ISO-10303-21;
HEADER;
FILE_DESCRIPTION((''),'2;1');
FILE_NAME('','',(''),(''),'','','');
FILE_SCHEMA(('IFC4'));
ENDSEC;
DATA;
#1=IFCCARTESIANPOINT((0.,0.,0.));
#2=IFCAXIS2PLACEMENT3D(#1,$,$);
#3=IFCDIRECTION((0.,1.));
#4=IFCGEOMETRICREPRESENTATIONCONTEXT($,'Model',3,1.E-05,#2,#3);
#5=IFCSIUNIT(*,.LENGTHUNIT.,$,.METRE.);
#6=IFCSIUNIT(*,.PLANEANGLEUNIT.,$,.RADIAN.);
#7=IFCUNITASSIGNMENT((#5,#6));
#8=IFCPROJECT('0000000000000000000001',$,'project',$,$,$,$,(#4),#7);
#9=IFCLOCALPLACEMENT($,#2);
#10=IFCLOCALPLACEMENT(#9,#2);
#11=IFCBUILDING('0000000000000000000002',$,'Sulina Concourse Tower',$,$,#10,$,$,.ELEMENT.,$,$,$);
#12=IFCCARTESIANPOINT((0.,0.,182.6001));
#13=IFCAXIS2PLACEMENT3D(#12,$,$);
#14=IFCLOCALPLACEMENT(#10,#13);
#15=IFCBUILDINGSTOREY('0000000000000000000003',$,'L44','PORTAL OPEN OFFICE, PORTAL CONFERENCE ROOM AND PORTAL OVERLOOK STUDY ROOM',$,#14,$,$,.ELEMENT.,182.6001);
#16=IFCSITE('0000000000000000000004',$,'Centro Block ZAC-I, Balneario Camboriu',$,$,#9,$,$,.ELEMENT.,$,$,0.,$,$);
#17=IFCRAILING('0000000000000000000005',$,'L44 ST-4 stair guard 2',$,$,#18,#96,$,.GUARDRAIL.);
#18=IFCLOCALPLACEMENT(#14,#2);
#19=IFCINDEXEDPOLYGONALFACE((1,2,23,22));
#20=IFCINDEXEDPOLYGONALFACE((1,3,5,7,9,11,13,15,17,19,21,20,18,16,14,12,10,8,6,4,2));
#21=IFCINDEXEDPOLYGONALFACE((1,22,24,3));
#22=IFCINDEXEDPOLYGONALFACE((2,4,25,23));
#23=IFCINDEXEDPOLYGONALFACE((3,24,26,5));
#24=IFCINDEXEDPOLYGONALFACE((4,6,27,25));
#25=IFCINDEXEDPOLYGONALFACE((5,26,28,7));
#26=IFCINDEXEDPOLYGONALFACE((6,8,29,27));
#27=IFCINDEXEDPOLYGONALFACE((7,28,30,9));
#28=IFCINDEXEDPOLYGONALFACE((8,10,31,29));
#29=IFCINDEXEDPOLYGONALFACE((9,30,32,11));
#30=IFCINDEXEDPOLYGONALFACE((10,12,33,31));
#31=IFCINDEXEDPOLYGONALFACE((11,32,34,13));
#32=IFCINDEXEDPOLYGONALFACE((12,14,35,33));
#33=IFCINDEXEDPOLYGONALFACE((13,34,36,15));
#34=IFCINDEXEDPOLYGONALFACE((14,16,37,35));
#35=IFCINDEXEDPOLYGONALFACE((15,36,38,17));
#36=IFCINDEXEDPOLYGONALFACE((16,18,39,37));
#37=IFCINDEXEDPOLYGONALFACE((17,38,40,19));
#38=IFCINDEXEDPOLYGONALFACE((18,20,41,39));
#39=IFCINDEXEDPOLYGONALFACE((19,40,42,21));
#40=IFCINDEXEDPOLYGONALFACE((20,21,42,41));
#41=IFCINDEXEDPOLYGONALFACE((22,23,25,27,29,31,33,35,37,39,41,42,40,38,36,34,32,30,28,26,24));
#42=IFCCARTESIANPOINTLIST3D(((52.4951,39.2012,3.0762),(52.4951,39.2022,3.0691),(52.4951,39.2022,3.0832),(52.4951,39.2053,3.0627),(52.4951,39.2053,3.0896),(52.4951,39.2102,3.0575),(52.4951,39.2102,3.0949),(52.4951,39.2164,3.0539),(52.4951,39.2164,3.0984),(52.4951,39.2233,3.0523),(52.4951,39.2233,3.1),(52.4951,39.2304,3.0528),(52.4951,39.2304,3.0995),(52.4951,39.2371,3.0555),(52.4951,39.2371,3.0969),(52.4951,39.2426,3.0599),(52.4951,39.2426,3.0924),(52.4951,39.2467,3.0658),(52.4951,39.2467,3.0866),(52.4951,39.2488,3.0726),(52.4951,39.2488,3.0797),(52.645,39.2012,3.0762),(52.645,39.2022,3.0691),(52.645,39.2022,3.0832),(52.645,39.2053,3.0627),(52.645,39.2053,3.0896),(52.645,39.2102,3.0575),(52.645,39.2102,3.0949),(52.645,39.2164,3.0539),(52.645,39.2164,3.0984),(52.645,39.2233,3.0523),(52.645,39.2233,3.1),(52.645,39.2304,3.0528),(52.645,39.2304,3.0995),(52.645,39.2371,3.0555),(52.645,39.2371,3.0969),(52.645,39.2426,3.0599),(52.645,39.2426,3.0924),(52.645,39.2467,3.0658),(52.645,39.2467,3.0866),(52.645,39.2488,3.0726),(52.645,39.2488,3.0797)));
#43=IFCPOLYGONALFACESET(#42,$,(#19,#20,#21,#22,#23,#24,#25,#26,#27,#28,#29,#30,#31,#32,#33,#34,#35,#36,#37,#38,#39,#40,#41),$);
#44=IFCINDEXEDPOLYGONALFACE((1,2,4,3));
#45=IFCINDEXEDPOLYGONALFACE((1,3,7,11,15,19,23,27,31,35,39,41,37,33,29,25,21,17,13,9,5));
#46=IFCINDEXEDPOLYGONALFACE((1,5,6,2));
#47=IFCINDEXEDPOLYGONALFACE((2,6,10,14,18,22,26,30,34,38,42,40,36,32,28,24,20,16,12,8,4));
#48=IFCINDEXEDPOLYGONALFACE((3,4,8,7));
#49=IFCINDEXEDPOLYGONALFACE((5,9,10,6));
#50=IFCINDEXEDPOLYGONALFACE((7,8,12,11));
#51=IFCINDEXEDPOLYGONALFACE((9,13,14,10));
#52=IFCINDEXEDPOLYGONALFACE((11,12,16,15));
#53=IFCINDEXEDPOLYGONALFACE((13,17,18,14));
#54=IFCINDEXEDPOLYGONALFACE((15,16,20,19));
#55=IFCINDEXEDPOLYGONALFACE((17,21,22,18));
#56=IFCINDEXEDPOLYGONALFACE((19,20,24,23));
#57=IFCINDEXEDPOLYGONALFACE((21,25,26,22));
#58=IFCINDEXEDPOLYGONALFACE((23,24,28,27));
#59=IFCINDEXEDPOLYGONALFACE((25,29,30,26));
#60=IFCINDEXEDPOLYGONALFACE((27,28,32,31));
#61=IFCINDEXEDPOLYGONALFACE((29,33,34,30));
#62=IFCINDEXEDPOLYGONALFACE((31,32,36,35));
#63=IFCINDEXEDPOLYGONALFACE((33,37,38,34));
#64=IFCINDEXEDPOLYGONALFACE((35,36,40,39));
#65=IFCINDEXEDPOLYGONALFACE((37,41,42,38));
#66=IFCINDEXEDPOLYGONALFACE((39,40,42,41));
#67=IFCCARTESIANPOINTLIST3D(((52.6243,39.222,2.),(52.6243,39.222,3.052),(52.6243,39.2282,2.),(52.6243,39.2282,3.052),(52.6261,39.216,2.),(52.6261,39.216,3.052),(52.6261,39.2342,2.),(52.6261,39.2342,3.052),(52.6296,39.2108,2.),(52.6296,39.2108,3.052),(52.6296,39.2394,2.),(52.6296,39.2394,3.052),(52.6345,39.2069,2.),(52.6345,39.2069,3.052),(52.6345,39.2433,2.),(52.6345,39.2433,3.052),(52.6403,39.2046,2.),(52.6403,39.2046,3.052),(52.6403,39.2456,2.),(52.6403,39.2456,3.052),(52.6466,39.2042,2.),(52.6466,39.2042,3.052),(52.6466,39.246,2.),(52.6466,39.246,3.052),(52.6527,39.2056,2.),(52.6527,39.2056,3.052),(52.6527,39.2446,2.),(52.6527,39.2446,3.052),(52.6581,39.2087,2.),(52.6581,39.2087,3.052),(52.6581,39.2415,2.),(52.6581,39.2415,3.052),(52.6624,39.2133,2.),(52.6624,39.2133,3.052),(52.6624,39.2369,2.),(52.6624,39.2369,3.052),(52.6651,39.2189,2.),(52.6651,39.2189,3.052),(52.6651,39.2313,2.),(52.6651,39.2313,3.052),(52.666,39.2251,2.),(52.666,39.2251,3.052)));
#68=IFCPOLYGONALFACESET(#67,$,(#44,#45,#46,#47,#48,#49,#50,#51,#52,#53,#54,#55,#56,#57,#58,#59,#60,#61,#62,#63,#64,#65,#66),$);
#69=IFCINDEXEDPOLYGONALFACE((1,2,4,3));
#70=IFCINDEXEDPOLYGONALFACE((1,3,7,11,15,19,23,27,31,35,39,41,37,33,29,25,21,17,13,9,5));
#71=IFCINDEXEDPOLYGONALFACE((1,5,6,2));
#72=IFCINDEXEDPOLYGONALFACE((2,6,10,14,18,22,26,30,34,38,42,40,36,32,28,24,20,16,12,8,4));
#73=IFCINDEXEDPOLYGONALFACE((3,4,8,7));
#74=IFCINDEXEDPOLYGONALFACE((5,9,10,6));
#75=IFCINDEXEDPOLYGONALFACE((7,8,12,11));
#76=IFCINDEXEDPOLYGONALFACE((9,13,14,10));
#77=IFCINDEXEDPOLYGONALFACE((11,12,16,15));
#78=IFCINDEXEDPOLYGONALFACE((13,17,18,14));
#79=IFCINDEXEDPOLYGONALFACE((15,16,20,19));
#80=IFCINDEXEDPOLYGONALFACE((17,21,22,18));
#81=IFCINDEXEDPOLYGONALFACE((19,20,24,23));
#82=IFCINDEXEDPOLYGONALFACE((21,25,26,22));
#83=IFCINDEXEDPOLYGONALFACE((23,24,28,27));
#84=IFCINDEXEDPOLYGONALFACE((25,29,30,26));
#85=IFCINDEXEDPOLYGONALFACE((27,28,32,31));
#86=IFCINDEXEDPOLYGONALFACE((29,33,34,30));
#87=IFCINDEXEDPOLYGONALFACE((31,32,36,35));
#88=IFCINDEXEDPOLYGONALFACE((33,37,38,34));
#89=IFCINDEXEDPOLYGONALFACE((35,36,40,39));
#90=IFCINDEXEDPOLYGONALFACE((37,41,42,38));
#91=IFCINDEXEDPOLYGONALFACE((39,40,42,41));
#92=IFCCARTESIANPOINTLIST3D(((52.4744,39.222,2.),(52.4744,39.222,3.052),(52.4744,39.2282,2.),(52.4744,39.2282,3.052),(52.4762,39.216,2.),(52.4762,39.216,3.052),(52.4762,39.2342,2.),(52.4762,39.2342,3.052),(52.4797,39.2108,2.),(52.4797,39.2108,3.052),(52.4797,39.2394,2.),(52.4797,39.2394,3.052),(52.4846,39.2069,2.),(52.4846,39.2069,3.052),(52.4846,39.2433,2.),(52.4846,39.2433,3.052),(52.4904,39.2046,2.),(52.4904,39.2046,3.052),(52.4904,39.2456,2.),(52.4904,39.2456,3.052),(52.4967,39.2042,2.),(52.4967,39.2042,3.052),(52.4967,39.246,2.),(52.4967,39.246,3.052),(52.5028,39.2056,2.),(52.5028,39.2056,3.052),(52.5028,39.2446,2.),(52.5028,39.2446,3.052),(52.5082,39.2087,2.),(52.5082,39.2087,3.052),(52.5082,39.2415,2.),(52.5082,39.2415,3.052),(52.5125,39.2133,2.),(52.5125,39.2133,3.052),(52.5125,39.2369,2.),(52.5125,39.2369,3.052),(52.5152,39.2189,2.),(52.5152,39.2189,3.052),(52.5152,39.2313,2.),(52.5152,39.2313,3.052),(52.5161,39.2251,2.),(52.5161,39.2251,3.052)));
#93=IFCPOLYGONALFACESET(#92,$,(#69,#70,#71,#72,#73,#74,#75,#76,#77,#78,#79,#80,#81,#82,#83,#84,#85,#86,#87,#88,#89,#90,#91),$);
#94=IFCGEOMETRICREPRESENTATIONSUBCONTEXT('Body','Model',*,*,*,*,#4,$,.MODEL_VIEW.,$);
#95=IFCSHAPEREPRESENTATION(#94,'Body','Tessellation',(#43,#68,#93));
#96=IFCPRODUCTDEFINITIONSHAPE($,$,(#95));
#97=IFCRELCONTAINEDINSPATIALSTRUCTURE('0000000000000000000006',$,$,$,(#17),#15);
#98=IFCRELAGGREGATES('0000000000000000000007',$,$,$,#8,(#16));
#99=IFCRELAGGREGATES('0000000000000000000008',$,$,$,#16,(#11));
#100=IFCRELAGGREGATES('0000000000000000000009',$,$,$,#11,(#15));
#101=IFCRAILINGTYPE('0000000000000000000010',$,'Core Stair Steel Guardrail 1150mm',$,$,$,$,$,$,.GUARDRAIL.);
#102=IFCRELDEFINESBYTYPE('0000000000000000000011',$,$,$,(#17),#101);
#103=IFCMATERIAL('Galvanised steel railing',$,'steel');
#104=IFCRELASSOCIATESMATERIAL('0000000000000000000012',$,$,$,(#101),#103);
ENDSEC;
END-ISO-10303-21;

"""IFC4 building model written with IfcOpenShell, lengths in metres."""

from ifc_helpers import new_model, si_unit, direction, frame, origin, origin_2d, place, context, subcontext, project, spatial, circle, extrude, material, type_object, element, save


model = new_model("IFC4")

# Units and contexts
model_context = context("Model", 3, precision=1e-05, world=origin(), true_north=direction((0.0, 1.0)))
body_context = subcontext(model_context, "Body", "Model", "MODEL_VIEW")
ifc_project = project(units=[si_unit("LENGTHUNIT", "METRE"), si_unit("PLANEANGLEUNIT", "RADIAN")], contexts=[model_context])

# Site, building, storey
site_placement = place(None, origin())
site = spatial("IfcSite", under=ifc_project, at=site_placement, Name="Centro Block ZAC-I, Balneario Camboriu", CompositionType="ELEMENT", RefElevation=0.0)
building_placement = place(site_placement, origin())
building = spatial("IfcBuilding", under=site, at=building_placement, Name="Sulina Concourse Tower", CompositionType="ELEMENT")
storey_placement = place(building_placement, frame((0.0, 0.0, 182.6001)))
storey = spatial("IfcBuildingStorey", under=building, at=storey_placement, Name="L44", Description="PORTAL OPEN OFFICE, PORTAL CONFERENCE ROOM AND PORTAL OVERLOOK STUDY ROOM", CompositionType="ELEMENT", Elevation=182.6001)

# Railing
ifc_material_1 = material(Name="Galvanised steel railing", Category="steel")
railing_type_1 = type_object("IfcRailingType", Name="Core Stair Steel Guardrail 1150mm", PredefinedType="GUARDRAIL", material=ifc_material_1)
railing_1_placement = place(storey_placement, frame((52.645, 39.2251, 2.0)))
element("IfcRailing", 1, at=railing_1_placement, inside=storey, type_object=railing_type_1, Name="L44 ST-4 stair guard 2", PredefinedType="GUARDRAIL", context=body_context, shape_type="SweptSolid", body=[
    extrude(circle(Radius=0.0239, at=origin_2d()), frame((0.0, 0.0, 1.0762), z_axis=(-1.0, 0.0, 0.0), x_axis=(0.0, -1.0, 0.0)), (0.0, 0.0, 1.0), 0.1499),
    extrude(circle(Radius=0.021, at=origin_2d()), origin(), (0.0, 0.0, 1.0), 1.052),
    extrude(circle(Radius=0.021, at=origin_2d()), frame((-0.1499, 0.0, 0.0)), (0.0, 0.0, 1.0), 1.052),
])

save(model, "model.ifc")
